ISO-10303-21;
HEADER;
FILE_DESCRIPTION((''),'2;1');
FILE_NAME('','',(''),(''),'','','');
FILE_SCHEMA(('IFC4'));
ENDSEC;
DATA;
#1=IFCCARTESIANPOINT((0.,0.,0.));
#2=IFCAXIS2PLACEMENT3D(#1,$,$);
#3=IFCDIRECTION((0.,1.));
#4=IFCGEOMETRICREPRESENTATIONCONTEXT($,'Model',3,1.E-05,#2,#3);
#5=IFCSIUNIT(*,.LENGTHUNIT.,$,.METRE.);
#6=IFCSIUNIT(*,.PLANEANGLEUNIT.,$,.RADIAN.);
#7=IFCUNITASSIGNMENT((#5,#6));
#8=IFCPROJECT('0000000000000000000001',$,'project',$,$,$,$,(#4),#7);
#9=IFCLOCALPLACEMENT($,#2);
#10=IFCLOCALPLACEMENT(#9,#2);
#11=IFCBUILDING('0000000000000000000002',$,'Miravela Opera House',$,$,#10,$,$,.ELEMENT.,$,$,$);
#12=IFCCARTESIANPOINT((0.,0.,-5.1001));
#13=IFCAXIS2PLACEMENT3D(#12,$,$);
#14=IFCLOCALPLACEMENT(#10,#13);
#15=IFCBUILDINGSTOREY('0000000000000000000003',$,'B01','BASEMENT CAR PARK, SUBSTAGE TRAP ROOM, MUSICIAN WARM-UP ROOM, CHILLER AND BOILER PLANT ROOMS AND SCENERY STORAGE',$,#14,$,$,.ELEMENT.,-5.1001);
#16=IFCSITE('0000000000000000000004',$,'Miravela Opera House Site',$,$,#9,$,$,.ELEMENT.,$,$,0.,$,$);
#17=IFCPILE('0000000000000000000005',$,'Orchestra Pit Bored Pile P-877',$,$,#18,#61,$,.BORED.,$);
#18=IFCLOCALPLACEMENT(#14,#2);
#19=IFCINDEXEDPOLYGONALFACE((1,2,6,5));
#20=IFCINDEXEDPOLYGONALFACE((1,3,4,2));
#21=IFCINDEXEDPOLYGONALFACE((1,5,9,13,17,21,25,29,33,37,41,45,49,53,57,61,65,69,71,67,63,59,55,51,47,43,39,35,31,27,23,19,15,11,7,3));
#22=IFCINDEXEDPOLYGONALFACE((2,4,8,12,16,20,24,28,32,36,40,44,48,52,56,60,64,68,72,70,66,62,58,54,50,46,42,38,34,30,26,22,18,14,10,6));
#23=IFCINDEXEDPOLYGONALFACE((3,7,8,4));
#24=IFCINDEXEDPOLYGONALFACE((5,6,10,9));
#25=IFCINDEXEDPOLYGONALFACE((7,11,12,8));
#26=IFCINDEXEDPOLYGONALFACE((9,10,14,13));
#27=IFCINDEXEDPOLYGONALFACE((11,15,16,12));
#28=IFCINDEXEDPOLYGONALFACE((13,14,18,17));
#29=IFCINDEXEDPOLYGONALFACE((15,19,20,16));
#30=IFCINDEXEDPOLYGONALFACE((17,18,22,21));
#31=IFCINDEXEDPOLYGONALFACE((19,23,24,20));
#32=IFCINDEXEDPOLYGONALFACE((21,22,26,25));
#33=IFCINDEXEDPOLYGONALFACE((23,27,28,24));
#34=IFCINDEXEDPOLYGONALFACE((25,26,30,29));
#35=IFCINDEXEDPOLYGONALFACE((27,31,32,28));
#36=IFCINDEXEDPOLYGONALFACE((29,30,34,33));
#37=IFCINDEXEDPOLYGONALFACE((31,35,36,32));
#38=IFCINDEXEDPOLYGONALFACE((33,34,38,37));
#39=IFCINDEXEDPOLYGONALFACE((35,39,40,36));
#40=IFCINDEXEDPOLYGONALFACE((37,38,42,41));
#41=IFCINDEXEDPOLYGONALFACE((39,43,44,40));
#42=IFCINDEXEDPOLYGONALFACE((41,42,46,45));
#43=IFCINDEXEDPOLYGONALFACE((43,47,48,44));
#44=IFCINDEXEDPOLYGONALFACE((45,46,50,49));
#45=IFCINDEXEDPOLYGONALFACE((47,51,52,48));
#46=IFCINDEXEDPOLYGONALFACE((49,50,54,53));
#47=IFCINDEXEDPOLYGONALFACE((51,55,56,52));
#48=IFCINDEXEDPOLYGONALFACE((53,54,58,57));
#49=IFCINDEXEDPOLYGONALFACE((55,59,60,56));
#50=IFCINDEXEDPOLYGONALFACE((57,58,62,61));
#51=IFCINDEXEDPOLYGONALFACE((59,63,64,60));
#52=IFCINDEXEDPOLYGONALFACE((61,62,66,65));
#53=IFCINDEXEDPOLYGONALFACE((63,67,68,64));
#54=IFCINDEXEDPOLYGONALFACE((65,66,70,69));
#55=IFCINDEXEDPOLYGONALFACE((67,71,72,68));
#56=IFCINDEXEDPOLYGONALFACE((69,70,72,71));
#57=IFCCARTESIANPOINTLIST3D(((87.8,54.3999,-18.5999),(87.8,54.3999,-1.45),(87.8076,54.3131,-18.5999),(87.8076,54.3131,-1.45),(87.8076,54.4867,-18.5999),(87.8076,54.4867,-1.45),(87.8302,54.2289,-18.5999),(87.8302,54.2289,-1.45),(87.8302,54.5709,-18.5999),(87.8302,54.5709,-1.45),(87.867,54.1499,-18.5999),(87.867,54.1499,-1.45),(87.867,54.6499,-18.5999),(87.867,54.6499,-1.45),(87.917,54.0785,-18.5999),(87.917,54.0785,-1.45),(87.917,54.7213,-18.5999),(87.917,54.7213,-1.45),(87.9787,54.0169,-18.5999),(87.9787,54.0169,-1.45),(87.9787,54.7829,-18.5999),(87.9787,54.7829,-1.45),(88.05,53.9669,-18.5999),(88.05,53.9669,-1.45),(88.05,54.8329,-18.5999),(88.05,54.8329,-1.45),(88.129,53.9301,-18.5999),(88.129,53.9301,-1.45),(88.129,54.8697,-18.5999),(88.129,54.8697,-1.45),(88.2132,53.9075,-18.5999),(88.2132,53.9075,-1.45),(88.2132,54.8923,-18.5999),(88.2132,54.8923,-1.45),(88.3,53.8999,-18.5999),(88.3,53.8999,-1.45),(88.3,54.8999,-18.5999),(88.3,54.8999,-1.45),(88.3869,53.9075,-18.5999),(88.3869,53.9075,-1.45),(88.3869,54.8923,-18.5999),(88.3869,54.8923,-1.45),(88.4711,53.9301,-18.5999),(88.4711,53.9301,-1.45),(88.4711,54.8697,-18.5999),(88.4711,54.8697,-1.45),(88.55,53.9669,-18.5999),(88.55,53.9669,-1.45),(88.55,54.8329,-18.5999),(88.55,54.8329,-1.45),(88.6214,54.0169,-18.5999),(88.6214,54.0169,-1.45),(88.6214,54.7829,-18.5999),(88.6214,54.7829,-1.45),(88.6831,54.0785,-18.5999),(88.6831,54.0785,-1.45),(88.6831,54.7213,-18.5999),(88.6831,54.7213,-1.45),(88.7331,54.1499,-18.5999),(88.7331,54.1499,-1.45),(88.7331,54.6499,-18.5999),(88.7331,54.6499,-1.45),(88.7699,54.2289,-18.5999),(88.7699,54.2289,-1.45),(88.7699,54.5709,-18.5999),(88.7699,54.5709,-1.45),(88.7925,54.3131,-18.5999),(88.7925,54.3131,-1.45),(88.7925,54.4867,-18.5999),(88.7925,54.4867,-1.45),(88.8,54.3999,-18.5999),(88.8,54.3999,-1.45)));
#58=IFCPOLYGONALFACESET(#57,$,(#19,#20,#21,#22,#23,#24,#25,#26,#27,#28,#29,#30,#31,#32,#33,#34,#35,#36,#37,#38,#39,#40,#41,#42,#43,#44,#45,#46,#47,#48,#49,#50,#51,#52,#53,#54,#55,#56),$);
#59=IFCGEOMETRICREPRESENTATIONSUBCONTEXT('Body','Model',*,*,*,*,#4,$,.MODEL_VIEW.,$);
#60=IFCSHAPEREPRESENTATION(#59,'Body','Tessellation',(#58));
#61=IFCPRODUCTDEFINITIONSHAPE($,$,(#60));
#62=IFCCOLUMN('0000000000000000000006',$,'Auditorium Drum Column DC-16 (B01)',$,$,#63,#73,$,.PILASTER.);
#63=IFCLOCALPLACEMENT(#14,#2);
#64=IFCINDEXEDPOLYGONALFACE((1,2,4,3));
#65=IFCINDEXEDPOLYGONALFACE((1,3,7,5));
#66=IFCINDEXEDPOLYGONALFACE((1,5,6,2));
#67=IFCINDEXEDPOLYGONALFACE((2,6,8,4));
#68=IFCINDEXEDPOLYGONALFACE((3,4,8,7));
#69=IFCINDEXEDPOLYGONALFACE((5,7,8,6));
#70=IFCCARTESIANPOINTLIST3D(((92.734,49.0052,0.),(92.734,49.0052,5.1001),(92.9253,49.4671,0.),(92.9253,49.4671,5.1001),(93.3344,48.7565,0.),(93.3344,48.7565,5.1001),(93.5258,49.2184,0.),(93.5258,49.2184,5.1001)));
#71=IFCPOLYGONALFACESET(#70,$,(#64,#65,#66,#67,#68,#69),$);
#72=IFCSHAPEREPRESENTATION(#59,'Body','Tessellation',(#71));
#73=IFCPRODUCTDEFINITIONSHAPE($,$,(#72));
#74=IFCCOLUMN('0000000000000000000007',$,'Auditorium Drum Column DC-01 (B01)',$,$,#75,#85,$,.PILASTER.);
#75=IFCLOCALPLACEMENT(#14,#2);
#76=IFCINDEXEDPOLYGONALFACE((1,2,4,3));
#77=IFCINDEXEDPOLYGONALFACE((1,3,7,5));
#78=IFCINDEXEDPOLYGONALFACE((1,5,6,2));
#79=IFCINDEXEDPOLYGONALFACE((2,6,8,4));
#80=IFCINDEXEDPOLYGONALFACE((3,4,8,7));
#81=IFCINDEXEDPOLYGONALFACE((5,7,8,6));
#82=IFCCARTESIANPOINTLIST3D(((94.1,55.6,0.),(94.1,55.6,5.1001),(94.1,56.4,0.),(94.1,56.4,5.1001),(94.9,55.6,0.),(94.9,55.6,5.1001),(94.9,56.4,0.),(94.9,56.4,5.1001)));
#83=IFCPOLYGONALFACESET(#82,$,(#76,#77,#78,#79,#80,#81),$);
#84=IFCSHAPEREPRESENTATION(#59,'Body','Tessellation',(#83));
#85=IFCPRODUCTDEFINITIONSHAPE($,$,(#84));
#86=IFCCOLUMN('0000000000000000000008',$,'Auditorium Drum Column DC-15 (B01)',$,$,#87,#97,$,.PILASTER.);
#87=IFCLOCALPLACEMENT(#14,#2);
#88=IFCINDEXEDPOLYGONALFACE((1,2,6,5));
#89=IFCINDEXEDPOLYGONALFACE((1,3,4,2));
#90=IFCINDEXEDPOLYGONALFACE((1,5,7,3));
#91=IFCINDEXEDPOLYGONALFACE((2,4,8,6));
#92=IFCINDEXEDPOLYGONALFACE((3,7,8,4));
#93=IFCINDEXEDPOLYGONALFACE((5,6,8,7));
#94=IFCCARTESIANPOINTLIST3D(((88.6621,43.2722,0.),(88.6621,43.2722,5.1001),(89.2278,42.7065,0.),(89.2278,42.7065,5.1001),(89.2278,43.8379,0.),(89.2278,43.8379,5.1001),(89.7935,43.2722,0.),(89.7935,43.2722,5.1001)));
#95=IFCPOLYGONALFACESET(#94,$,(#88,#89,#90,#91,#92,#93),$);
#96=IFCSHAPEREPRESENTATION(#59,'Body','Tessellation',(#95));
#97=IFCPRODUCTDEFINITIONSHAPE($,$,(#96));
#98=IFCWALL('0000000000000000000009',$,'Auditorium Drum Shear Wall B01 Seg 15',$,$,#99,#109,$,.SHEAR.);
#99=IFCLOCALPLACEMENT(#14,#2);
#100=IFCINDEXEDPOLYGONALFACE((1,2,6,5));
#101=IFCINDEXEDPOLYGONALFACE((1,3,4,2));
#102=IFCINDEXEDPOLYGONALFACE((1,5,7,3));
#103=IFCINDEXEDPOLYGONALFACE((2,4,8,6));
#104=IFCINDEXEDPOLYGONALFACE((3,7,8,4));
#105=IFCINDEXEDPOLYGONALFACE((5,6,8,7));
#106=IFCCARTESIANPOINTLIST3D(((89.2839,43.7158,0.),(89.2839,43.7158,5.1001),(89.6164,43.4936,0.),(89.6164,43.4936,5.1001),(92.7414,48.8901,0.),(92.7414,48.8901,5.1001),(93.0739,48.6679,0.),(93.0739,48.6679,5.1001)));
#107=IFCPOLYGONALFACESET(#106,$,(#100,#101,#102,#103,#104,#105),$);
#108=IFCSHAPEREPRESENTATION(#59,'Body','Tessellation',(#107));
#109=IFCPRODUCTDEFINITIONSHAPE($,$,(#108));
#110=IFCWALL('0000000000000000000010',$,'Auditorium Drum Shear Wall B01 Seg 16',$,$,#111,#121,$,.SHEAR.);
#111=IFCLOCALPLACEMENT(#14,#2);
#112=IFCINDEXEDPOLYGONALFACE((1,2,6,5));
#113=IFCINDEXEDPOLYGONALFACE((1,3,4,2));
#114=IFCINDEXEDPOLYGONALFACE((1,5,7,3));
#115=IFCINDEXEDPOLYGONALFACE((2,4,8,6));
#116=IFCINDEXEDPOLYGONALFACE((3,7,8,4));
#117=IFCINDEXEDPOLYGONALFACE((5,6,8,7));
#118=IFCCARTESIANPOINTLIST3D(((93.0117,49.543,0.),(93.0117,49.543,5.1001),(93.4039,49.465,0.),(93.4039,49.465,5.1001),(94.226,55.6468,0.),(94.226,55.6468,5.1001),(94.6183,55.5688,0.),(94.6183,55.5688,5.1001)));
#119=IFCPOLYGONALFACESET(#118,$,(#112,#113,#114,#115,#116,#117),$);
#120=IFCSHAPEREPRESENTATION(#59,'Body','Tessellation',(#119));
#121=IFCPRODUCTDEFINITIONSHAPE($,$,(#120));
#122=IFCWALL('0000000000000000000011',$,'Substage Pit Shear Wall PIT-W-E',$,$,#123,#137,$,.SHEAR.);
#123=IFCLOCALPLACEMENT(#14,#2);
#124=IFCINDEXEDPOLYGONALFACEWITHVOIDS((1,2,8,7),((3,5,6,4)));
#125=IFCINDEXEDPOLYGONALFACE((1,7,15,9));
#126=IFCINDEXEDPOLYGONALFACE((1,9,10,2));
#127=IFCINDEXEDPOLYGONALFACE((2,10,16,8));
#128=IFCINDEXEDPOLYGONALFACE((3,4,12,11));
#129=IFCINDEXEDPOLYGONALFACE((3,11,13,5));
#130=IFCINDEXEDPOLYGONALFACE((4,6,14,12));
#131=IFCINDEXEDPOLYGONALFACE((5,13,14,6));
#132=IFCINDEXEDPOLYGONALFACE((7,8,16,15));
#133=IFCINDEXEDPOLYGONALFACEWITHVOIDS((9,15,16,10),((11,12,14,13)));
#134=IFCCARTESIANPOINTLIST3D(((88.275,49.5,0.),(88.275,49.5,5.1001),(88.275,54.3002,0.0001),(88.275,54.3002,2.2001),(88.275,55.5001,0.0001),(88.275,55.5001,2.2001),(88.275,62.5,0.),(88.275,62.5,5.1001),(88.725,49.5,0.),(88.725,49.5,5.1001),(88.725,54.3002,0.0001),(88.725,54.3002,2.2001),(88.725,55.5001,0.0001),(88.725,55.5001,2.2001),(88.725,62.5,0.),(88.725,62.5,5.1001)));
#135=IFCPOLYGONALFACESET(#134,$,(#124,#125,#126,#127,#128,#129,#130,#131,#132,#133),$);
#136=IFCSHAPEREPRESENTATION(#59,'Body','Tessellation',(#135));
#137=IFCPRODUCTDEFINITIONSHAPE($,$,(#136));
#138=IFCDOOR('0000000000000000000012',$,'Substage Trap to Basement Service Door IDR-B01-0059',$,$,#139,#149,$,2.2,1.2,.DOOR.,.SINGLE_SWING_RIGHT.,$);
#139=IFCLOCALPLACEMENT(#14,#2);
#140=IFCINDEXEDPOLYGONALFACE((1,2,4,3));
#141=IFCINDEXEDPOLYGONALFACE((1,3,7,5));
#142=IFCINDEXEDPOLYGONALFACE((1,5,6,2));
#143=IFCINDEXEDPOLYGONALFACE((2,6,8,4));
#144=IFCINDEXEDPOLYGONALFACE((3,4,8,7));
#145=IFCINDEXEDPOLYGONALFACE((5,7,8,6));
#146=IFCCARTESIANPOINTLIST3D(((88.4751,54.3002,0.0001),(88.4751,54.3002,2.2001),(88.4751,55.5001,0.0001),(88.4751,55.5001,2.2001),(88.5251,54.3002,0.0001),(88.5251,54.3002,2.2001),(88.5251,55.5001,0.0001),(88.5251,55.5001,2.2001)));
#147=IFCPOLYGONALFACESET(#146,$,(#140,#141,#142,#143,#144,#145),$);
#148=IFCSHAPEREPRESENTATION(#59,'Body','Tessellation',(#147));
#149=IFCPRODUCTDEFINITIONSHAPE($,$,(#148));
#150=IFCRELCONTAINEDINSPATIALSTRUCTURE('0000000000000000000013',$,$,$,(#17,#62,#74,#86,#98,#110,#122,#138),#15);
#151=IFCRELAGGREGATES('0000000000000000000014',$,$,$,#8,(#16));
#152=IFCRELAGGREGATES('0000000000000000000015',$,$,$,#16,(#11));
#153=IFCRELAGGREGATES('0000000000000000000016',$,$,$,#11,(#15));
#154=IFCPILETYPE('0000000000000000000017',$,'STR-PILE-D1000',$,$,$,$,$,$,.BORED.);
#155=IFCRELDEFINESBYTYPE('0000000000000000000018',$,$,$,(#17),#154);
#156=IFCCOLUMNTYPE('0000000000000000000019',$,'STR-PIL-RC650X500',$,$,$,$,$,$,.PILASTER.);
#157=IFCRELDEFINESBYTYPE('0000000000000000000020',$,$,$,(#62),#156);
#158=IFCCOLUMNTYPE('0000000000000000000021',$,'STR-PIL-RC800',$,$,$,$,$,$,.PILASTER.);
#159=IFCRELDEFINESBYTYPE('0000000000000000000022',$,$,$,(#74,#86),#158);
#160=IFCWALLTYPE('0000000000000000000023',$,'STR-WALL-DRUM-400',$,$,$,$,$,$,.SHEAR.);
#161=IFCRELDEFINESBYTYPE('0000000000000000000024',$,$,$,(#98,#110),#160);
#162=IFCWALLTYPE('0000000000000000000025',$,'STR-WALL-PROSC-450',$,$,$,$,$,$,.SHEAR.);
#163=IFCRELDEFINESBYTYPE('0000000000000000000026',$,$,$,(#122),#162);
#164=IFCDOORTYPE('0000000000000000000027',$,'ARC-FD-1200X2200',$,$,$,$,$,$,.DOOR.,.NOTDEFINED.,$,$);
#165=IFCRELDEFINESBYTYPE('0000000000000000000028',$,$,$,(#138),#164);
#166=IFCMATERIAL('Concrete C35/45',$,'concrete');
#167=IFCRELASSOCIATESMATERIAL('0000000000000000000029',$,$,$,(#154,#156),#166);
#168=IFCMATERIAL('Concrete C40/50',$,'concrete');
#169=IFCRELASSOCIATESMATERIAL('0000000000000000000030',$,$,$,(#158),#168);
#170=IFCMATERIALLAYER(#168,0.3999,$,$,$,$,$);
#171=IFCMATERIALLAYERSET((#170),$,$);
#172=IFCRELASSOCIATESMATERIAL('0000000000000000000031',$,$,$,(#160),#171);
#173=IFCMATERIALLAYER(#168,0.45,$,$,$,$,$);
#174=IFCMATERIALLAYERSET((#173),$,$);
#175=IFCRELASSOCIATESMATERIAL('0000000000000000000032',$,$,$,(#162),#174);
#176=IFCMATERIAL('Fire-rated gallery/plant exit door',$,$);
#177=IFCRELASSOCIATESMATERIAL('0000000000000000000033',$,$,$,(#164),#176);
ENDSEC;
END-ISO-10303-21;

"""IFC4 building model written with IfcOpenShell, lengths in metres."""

from ifc_helpers import new_model, si_unit, direction, frame, frame_2d, origin, origin_2d, place, context, subcontext, project, spatial, rectangle, circle, extrude, material, layer, layer_set, material_profile, profile_set, type_object, element, fill, save


model = new_model("IFC4")

# Units and contexts
model_context = context("Model", 3, precision=1e-05, world=origin(), true_north=direction((0.0, 1.0)))
body_context = subcontext(model_context, "Body", "Model", "MODEL_VIEW")
ifc_project = project(units=[si_unit("LENGTHUNIT", "METRE"), si_unit("PLANEANGLEUNIT", "RADIAN")], contexts=[model_context])

# Site, building, storey
site_placement = place(None, origin())
site = spatial("IfcSite", under=ifc_project, at=site_placement, Name="Miravela Opera House Site", CompositionType="ELEMENT", RefElevation=0.0)
building_placement = place(site_placement, origin())
building = spatial("IfcBuilding", under=site, at=building_placement, Name="Miravela Opera House", CompositionType="ELEMENT")
storey_placement = place(building_placement, frame((0.0, 0.0, -5.1001)))
storey = spatial("IfcBuildingStorey", under=building, at=storey_placement, Name="B01", Description="BASEMENT CAR PARK, SUBSTAGE TRAP ROOM, MUSICIAN WARM-UP ROOM, CHILLER AND BOILER PLANT ROOMS AND SCENERY STORAGE", CompositionType="ELEMENT", Elevation=-5.1001)

# Shared definitions
ifc_material_1 = material(Name="Concrete C35/45", Category="concrete")

# Pile
ifc_material_profile_1 = material_profile(ifc_material_1, circle(Radius=0.5, at=origin_2d()), Name="PILE-D1000")
ifc_profile_set_1 = profile_set([ifc_material_profile_1])
pile_type = type_object("IfcPileType", Name="STR-PILE-D1000", PredefinedType="BORED", material=ifc_profile_set_1)
for number, where, z_axis, x_axis, name in (
    (1, (88.3, 54.3999, -1.45), (0.0, 0.0, -1.0), (1.0, 0.0, 0.0), "Orchestra Pit Bored Pile P-877"),
):
    element("IfcPile", number, at=place(storey_placement, frame(where, z_axis=z_axis, x_axis=x_axis)), inside=storey, type_object=pile_type, Name=name, PredefinedType="BORED", context=body_context, shape_type="SweptSolid", body=[
        extrude(circle(Radius=0.5, at=origin_2d()), origin(), (0.0, 0.0, 1.0), 17.1499),
    ])

# Columns
ifc_material_profile_2 = material_profile(ifc_material_1, rectangle(XDim=0.6499, YDim=0.5, at=origin_2d()), Name="RC-PIL-650X500")
ifc_profile_set_2 = profile_set([ifc_material_profile_2])
column_type_1 = type_object("IfcColumnType", Name="STR-PIL-RC650X500", PredefinedType="PILASTER", material=ifc_profile_set_2)
column_placement = place(storey_placement, frame((93.1299, 49.1118, 0.0), z_axis=(0.0, 0.0, 1.0), x_axis=(0.92388, -0.382683, 0.0)))
element("IfcColumn", 2, at=column_placement, inside=storey, type_object=column_type_1, Name="Auditorium Drum Column DC-16 (B01)", PredefinedType="PILASTER", context=body_context, shape_type="SweptSolid", body=[
    extrude(rectangle(XDim=0.6499, YDim=0.5, at=origin_2d()), origin(), (0.0, 0.0, 1.0), 5.1001),
])
ifc_material_2 = material(Name="Concrete C40/50", Category="concrete")
ifc_material_profile_3 = material_profile(ifc_material_2, rectangle(XDim=0.8, YDim=0.8, at=origin_2d()), Name="RC-COL-800X800")
ifc_profile_set_3 = profile_set([ifc_material_profile_3])
column_type_2 = type_object("IfcColumnType", Name="STR-PIL-RC800", PredefinedType="PILASTER", material=ifc_profile_set_3)
for number, where, z_axis, x_axis, name in (
    (3, (94.5, 56.0, 0.0), (0.0, 0.0, 1.0), (1.0, 0.0, 0.0), "Auditorium Drum Column DC-01 (B01)"),
    (4, (89.2278, 43.2722, 0.0), (0.0, 0.0, 1.0), (0.707107, -0.707107, 0.0), "Auditorium Drum Column DC-15 (B01)"),
):
    element("IfcColumn", number, at=place(storey_placement, frame(where, z_axis=z_axis, x_axis=x_axis)), inside=storey, type_object=column_type_2, Name=name, PredefinedType="PILASTER", context=body_context, shape_type="SweptSolid", body=[
        extrude(rectangle(XDim=0.8, YDim=0.8, at=origin_2d()), origin(), (0.0, 0.0, 1.0), 5.1001),
    ])

# Walls
ifc_layer_1 = layer(ifc_material_2, 0.3999)
ifc_layer_set_1 = layer_set([ifc_layer_1])
wall_type_1 = type_object("IfcWallType", Name="STR-WALL-DRUM-400", PredefinedType="SHEAR", material=ifc_layer_set_1)
wall_1_placement = place(storey_placement, frame((89.4502, 43.6047, 0.0), z_axis=(0.0, 0.0, 1.0), x_axis=(0.555587, 0.831458, 0.0)))
element("IfcWall", 5, at=wall_1_placement, inside=storey, type_object=wall_type_1, Name="Auditorium Drum Shear Wall B01 Seg 15", PredefinedType="SHEAR", context=body_context, shape_type="SweptSolid", body=[
    extrude(rectangle(XDim=6.2231, YDim=0.3999, at=frame_2d((3.1116, 0.0))), origin(), (0.0, 0.0, 1.0), 5.1001),
])
wall_2_placement = place(storey_placement, frame((93.2078, 49.5039, 0.0), z_axis=(0.0, 0.0, 1.0), x_axis=(0.195128, 0.980778, 0.0)))
element("IfcWall", 6, at=wall_2_placement, inside=storey, type_object=wall_type_1, Name="Auditorium Drum Shear Wall B01 Seg 16", PredefinedType="SHEAR", context=body_context, shape_type="SweptSolid", body=[
    extrude(rectangle(XDim=6.2234, YDim=0.3999, at=frame_2d((3.1118, 0.0))), origin(), (0.0, 0.0, 1.0), 5.1001),
])

# Wall, opening, door
ifc_layer_2 = layer(ifc_material_2, 0.45)
ifc_layer_set_2 = layer_set([ifc_layer_2])
wall_type_2 = type_object("IfcWallType", Name="STR-WALL-PROSC-450", PredefinedType="SHEAR", material=ifc_layer_set_2)
wall_3_placement = place(storey_placement, frame((88.5, 49.5, 0.0), z_axis=(0.0, 0.0, 1.0), x_axis=(0.0, 1.0, 0.0)))
wall_3 = element("IfcWall", 7, at=wall_3_placement, inside=storey, type_object=wall_type_2, Name="Substage Pit Shear Wall PIT-W-E", PredefinedType="SHEAR", context=body_context, shape_type="SweptSolid", body=[
    extrude(rectangle(XDim=13.0, YDim=0.45, at=frame_2d((6.5, 0.0))), origin(), (0.0, 0.0, 1.0), 5.1001),
])
opening_placement = place(wall_3_placement, frame((4.8, 0.0, 0.0)))
opening = element("IfcOpeningElement", 8, at=opening_placement, cuts=wall_3, PredefinedType="OPENING", context=body_context, shape_type="SweptSolid", body=[
    extrude(rectangle(XDim=1.2, YDim=2.2, at=frame_2d((0.6001, 1.1001))), frame((0.0, 0.2349, 0.0), z_axis=(0.0, -1.0, 0.0), x_axis=(1.0, 0.0, 0.0)), (0.0, 0.0, 1.0), 0.47),
])
ifc_material_3 = material(Name="Fire-rated gallery/plant exit door")
door_type = type_object("IfcDoorType", Name="ARC-FD-1200X2200", OperationType="NOTDEFINED", PredefinedType="DOOR", material=ifc_material_3)
door_placement = place(opening_placement, origin())
door = element("IfcDoor", 9, at=door_placement, inside=storey, type_object=door_type, Name="Substage Trap to Basement Service Door IDR-B01-0059", OperationType="SINGLE_SWING_RIGHT", OverallHeight=2.2, OverallWidth=1.2, PredefinedType="DOOR", context=body_context, shape_type="SweptSolid", body=[
    extrude(rectangle(XDim=1.2, YDim=2.2, at=frame_2d((0.6001, 1.1001))), frame((0.0, 0.0249, 0.0), z_axis=(0.0, -1.0, 0.0), x_axis=(1.0, 0.0, 0.0)), (0.0, 0.0, 1.0), 0.05),
])
fill(opening, door)

save(model, "model.ifc")
